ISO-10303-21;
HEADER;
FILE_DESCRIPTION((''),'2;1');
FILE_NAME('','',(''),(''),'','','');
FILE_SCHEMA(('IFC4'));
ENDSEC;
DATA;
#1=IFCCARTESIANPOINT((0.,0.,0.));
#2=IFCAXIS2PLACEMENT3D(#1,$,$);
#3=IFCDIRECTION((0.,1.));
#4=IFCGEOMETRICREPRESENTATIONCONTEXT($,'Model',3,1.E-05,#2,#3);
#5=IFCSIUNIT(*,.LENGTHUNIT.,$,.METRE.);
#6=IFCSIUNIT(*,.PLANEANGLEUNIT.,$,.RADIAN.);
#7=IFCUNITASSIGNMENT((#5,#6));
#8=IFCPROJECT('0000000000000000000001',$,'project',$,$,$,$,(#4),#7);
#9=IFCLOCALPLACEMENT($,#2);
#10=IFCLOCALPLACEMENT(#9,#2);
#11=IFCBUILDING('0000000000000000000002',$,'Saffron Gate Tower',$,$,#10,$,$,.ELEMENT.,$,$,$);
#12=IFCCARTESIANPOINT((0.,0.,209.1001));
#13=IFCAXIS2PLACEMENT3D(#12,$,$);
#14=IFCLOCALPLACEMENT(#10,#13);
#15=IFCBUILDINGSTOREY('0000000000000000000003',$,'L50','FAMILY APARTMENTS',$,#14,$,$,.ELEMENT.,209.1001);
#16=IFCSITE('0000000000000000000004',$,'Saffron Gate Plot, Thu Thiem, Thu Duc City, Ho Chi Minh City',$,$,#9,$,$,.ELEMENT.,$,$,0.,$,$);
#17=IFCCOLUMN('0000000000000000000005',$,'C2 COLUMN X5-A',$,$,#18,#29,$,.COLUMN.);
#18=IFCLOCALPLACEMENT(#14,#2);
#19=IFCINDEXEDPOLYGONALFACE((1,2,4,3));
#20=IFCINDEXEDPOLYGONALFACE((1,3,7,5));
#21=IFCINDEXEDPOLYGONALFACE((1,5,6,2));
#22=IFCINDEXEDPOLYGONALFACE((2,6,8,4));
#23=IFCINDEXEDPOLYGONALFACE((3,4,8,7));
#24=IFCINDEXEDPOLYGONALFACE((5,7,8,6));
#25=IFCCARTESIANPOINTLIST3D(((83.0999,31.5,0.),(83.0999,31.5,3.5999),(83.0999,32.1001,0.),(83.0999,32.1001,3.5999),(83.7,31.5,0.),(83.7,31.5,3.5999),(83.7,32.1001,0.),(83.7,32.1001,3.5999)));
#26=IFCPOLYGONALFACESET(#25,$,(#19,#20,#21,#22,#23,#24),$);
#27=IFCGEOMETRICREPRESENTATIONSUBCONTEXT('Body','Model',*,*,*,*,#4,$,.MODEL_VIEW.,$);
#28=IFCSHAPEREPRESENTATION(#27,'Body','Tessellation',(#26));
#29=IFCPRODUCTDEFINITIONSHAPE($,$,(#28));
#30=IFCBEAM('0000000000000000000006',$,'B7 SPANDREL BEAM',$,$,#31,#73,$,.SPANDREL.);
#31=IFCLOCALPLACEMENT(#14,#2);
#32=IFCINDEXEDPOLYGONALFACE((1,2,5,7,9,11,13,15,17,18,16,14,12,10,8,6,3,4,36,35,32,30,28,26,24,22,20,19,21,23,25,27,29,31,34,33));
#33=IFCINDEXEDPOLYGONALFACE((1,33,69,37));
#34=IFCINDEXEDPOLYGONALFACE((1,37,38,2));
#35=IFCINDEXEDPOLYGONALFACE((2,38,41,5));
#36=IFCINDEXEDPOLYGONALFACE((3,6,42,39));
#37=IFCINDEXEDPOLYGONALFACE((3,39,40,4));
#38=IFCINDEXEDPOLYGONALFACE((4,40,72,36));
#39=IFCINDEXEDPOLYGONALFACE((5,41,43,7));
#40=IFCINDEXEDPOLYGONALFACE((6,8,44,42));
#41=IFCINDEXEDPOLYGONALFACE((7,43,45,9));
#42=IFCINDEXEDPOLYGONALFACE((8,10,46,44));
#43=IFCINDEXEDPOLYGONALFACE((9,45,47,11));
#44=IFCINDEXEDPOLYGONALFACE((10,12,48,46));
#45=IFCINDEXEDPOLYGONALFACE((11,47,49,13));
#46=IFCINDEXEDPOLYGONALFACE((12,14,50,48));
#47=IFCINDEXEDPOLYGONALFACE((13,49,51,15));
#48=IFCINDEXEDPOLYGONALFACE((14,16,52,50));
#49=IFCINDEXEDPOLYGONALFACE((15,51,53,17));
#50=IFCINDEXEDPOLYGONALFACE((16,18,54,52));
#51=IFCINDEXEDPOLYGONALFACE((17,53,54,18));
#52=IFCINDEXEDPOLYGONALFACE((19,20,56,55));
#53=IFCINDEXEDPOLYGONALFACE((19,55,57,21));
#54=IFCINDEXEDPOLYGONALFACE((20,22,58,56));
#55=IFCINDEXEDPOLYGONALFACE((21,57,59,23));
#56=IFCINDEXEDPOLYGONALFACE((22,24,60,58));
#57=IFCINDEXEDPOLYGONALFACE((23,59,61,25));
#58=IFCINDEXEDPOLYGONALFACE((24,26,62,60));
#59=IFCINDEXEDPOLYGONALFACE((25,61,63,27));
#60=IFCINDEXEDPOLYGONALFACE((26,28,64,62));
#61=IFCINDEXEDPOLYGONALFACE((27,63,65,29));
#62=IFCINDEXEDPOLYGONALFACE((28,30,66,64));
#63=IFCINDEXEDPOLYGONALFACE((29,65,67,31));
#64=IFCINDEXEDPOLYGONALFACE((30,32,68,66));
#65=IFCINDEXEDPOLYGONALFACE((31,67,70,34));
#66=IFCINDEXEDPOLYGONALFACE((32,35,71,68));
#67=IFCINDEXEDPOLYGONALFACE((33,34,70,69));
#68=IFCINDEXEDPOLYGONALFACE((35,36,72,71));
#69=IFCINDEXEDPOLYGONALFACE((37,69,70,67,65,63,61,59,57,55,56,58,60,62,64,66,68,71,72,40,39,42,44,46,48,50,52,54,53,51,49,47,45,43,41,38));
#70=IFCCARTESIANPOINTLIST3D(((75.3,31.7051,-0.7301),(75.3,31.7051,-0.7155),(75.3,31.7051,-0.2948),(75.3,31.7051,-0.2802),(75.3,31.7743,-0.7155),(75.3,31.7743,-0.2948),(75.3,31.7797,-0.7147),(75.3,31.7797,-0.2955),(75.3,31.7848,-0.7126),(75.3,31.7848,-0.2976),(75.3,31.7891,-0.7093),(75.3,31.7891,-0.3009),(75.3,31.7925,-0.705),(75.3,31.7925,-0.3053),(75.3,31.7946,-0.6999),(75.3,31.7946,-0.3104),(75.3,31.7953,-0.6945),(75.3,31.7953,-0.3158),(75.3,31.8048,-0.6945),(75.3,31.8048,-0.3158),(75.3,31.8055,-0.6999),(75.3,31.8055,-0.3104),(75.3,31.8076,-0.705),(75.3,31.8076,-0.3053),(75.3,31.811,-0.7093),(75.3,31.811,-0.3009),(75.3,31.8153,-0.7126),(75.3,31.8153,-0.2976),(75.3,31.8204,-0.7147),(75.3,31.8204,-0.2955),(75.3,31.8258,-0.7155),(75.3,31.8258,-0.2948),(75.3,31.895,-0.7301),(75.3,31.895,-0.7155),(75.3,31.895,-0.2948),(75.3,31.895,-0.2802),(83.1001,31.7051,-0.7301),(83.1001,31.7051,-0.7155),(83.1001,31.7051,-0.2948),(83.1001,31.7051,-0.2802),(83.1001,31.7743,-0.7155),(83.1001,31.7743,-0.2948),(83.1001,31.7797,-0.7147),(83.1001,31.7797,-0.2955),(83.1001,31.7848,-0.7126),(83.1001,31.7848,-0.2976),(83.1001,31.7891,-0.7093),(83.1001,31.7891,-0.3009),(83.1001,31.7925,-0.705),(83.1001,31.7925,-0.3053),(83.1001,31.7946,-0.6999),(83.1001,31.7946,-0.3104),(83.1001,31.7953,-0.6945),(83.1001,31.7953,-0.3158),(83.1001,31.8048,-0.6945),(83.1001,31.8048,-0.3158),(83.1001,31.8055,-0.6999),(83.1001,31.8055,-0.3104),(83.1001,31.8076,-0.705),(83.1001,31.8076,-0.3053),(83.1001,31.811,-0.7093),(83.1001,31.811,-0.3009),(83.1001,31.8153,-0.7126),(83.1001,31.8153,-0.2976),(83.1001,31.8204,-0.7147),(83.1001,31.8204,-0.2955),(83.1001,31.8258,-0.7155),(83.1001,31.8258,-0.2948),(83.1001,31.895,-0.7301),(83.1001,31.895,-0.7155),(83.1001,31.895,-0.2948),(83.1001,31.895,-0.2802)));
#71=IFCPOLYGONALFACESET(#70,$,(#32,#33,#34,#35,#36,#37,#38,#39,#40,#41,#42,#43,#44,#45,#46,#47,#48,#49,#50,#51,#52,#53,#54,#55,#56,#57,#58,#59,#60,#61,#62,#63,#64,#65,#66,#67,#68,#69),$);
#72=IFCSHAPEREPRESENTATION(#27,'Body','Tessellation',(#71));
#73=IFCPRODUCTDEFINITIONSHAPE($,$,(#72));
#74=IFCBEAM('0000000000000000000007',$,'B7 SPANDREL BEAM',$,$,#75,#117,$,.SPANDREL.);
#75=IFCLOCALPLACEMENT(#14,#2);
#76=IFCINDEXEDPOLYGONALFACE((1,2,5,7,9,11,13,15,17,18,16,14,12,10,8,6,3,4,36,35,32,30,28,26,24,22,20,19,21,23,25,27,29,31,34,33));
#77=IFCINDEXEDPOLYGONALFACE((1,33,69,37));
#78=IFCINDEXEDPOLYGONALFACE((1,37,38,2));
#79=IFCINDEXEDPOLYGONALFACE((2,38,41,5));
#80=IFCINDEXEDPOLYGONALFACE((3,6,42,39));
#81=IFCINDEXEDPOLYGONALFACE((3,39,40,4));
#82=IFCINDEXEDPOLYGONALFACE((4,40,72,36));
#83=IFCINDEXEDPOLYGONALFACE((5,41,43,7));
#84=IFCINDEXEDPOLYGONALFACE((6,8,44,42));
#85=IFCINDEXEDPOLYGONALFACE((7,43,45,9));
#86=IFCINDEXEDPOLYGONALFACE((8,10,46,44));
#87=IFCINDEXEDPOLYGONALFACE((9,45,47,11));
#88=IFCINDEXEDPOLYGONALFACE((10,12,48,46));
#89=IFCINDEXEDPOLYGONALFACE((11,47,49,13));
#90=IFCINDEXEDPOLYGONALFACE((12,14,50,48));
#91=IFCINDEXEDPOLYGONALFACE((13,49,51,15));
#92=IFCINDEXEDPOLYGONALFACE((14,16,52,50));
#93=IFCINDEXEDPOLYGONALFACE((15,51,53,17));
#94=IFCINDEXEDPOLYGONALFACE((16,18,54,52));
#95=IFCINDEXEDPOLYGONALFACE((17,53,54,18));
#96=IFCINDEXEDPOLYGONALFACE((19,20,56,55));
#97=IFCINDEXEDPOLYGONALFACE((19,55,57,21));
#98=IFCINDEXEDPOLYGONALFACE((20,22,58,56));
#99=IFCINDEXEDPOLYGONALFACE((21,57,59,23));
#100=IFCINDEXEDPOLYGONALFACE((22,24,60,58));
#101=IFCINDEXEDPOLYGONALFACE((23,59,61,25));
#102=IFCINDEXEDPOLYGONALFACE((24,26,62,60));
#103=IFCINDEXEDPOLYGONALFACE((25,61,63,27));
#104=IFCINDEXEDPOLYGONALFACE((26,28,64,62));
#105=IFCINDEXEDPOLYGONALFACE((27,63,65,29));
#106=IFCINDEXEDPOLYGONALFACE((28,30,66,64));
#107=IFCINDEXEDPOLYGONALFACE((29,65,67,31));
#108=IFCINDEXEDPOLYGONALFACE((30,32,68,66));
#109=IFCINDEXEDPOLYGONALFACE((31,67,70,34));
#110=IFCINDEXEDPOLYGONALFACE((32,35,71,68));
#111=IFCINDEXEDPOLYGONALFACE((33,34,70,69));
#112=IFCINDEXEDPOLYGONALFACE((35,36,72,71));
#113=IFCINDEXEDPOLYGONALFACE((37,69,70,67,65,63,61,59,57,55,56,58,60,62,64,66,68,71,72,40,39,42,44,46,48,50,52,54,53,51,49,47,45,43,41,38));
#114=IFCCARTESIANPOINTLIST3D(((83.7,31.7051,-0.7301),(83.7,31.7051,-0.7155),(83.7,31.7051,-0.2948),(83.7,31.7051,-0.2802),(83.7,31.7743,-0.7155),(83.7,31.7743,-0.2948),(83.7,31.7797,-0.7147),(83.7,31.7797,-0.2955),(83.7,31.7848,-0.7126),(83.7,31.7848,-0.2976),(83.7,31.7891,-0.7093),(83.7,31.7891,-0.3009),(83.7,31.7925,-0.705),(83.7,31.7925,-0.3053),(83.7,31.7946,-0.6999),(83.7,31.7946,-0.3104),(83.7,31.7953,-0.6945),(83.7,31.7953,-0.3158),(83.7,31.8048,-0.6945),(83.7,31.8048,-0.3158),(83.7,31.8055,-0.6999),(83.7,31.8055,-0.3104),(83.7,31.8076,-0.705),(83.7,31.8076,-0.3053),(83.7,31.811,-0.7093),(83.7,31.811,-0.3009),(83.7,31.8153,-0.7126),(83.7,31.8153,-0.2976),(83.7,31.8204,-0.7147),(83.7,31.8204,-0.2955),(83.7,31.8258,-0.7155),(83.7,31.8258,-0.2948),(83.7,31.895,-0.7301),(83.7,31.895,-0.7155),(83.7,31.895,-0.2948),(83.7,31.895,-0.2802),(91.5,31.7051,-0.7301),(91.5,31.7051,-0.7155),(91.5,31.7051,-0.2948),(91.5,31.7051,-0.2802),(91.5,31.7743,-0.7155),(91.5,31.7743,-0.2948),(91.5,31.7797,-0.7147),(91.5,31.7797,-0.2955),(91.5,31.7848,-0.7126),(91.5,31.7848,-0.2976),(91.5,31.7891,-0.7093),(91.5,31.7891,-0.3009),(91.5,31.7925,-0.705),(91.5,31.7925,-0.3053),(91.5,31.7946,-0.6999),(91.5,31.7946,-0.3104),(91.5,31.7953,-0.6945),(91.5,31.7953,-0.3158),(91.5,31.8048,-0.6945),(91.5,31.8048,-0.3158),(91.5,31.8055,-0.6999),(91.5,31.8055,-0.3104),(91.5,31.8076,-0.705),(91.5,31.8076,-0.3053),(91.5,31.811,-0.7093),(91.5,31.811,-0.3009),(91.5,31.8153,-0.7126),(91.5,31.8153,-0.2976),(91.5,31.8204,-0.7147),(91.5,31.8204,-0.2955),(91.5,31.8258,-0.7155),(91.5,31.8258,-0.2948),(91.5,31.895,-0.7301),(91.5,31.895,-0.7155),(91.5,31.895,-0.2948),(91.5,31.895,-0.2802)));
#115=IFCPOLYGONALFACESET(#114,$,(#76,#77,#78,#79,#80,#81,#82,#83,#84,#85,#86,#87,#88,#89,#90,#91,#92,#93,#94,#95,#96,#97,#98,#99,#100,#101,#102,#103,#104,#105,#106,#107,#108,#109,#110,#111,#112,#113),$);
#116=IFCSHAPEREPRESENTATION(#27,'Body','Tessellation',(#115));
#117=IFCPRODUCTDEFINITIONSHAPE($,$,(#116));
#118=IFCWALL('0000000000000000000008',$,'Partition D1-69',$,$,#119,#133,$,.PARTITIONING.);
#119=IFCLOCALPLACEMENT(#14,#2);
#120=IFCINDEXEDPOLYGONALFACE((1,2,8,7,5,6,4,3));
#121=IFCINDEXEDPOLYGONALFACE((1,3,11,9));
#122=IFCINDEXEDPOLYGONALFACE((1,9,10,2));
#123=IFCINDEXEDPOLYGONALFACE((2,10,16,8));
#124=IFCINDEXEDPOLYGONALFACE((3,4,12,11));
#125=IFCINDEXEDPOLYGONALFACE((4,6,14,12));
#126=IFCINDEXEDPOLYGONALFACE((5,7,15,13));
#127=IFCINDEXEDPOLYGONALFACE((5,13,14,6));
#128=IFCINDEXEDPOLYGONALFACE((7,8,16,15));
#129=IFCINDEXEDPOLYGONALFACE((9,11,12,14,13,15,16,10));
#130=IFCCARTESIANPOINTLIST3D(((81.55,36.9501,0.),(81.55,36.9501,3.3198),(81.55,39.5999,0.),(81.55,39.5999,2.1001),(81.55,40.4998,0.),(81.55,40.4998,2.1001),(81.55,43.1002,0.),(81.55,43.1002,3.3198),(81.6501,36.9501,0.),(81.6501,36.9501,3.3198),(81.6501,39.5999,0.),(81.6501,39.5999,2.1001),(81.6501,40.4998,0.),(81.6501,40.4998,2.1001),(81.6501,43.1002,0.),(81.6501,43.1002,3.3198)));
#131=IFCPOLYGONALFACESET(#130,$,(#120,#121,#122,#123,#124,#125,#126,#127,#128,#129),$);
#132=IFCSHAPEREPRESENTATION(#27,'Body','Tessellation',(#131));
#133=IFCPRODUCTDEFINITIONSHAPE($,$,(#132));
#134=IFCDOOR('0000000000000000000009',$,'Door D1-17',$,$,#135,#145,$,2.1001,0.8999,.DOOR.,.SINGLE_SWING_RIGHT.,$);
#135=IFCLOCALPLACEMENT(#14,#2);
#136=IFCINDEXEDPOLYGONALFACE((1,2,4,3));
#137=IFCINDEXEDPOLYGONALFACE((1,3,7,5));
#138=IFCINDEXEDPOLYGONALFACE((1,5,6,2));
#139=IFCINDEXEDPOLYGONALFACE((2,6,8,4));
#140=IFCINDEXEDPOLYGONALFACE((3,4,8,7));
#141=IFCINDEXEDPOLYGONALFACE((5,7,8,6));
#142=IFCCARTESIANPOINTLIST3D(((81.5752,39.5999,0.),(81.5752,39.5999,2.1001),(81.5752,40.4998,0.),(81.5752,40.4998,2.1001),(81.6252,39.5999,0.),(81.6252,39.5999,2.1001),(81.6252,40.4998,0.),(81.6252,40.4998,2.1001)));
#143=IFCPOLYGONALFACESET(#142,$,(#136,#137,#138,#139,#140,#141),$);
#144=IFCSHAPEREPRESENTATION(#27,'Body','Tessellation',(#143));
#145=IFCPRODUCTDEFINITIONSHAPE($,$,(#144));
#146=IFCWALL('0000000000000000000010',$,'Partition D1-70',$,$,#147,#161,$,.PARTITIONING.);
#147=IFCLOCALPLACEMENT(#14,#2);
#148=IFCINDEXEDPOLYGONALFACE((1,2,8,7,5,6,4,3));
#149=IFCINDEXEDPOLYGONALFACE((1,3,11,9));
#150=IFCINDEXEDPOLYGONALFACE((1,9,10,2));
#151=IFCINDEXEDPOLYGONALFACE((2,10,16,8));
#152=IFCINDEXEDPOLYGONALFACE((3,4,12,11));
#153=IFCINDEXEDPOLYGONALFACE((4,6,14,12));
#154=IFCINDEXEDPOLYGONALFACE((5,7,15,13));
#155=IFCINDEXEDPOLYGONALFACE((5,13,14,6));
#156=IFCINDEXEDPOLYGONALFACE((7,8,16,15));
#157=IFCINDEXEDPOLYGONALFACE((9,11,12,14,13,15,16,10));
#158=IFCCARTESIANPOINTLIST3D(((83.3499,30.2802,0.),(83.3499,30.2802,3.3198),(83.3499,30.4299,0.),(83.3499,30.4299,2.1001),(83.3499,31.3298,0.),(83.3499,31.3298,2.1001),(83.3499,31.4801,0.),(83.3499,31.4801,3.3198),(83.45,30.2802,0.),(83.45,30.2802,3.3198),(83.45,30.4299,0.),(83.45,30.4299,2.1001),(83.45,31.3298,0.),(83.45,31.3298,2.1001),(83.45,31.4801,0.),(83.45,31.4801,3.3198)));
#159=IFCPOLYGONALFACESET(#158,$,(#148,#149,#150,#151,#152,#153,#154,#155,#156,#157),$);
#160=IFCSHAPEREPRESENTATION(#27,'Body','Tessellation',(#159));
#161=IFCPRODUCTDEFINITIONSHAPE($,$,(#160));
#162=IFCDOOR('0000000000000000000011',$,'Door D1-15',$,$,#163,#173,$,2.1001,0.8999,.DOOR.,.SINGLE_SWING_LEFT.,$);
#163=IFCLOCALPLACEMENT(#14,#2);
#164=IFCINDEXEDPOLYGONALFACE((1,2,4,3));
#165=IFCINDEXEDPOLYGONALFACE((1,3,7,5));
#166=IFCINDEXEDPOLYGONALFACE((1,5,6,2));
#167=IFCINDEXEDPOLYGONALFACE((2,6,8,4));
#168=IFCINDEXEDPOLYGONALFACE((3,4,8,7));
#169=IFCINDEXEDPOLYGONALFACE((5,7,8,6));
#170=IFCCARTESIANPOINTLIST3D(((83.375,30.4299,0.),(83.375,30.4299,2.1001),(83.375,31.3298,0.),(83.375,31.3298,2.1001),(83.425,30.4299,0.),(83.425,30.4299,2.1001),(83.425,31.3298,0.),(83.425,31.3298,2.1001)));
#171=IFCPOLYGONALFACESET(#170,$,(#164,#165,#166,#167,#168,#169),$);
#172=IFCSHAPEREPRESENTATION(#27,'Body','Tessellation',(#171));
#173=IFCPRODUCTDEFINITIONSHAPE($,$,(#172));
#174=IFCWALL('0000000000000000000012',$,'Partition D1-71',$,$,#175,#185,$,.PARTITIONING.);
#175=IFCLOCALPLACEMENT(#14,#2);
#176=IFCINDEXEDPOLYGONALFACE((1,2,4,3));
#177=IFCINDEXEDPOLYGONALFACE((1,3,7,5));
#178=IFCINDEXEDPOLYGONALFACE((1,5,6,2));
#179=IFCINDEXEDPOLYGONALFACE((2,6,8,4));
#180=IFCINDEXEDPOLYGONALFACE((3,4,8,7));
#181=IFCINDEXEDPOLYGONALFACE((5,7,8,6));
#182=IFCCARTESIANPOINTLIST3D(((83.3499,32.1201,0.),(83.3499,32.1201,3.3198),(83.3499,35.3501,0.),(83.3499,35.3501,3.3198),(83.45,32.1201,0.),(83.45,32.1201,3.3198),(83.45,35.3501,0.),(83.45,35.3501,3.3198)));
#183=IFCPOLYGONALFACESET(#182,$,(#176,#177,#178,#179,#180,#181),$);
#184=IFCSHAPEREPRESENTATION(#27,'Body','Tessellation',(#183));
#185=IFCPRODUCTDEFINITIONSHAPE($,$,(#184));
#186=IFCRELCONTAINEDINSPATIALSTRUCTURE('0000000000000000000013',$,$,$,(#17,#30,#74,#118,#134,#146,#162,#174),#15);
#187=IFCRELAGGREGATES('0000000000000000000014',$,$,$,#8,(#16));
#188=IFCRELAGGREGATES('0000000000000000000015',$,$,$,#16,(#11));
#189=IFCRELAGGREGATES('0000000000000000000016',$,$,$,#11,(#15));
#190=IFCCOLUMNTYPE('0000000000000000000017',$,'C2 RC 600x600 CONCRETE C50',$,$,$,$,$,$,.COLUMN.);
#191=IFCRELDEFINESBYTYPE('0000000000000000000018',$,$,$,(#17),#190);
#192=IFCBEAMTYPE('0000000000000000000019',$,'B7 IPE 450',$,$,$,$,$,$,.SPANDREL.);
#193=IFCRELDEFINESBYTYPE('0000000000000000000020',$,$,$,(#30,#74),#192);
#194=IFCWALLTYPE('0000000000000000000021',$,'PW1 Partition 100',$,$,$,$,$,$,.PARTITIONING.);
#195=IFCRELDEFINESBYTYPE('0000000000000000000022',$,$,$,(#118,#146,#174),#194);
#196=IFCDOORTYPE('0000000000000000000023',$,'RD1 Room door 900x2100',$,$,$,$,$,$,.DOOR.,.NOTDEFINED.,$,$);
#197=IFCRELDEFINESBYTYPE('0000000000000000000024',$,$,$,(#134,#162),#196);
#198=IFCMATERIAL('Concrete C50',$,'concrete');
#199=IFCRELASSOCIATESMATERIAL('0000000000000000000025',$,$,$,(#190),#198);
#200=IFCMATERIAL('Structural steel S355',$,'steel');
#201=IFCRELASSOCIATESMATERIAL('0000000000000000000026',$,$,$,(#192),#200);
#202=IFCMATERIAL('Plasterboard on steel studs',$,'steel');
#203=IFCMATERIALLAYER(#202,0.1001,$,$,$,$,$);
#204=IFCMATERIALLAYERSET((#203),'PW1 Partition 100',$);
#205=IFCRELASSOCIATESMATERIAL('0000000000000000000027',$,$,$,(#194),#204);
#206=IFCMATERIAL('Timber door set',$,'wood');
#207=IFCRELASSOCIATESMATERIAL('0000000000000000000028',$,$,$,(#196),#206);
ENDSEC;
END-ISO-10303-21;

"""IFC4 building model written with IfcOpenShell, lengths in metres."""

from ifc_helpers import new_model, si_unit, direction, frame, frame_2d, origin, origin_2d, place, context, subcontext, project, spatial, rectangle, i_section, extrude, material, layer, layer_set, material_profile, profile_set, type_object, element, fill, save


model = new_model("IFC4")

# Units and contexts
model_context = context("Model", 3, precision=1e-05, world=origin(), true_north=direction((0.0, 1.0)))
body_context = subcontext(model_context, "Body", "Model", "MODEL_VIEW")
ifc_project = project(units=[si_unit("LENGTHUNIT", "METRE"), si_unit("PLANEANGLEUNIT", "RADIAN")], contexts=[model_context])

# Site, building, storey
site_placement = place(None, origin())
site = spatial("IfcSite", under=ifc_project, at=site_placement, Name="Saffron Gate Plot, Thu Thiem, Thu Duc City, Ho Chi Minh City", CompositionType="ELEMENT", RefElevation=0.0)
building_placement = place(site_placement, origin())
building = spatial("IfcBuilding", under=site, at=building_placement, Name="Saffron Gate Tower", CompositionType="ELEMENT")
storey_placement = place(building_placement, frame((0.0, 0.0, 209.1001)))
storey = spatial("IfcBuildingStorey", under=building, at=storey_placement, Name="L50", Description="FAMILY APARTMENTS", CompositionType="ELEMENT", Elevation=209.1001)

# Column
ifc_material_1 = material(Name="Concrete C50", Category="concrete")
ifc_material_profile_1 = material_profile(ifc_material_1, rectangle(XDim=0.6001, YDim=0.6001, at=origin_2d()))
ifc_profile_set_1 = profile_set([ifc_material_profile_1], Name="Concrete C50")
column_type = type_object("IfcColumnType", Name="C2 RC 600x600 CONCRETE C50", PredefinedType="COLUMN", material=ifc_profile_set_1)
column_placement = place(storey_placement, frame((83.3999, 31.8, 0.0), z_axis=(0.0, 0.0, 1.0), x_axis=(1.0, 0.0, 0.0)))
element("IfcColumn", 1, at=column_placement, inside=storey, type_object=column_type, Name="C2 COLUMN X5-A", PredefinedType="COLUMN", context=body_context, shape_type="SweptSolid", body=[
    extrude(rectangle(XDim=0.6001, YDim=0.6001, at=origin_2d()), origin(), (0.0, 0.0, 1.0), 3.5999),
])

# Beams
ifc_material_2 = material(Name="Structural steel S355", Category="steel")
ifc_material_profile_2 = material_profile(ifc_material_2, i_section(OverallWidth=0.1899, OverallDepth=0.45, WebThickness=0.0095, FlangeThickness=0.0146, FilletRadius=0.021, at=origin_2d()))
ifc_profile_set_2 = profile_set([ifc_material_profile_2], Name="Structural steel S355")
beam_type = type_object("IfcBeamType", Name="B7 IPE 450", PredefinedType="SPANDREL", material=ifc_profile_set_2)
for number, where, z_axis, x_axis, name in (
    (2, (75.3, 31.8, -0.5051), (1.0, 0.0, 0.0), (0.0, 1.0, 0.0), "B7 SPANDREL BEAM"),
    (3, (83.7, 31.8, -0.5051), (1.0, 0.0, 0.0), (0.0, 1.0, 0.0), "B7 SPANDREL BEAM"),
):
    element("IfcBeam", number, at=place(storey_placement, frame(where, z_axis=z_axis, x_axis=x_axis)), inside=storey, type_object=beam_type, Name=name, PredefinedType="SPANDREL", context=body_context, shape_type="SweptSolid", body=[
        extrude(i_section(OverallWidth=0.1899, OverallDepth=0.45, WebThickness=0.0095, FlangeThickness=0.0146, FilletRadius=0.021, at=origin_2d()), origin(), (0.0, 0.0, 1.0), 7.8),
    ])

# Walls, openings, doors
ifc_material_3 = material(Name="Plasterboard on steel studs", Category="steel")
ifc_layer_1 = layer(ifc_material_3, 0.1001)
ifc_layer_set_1 = layer_set([ifc_layer_1], Name="PW1 Partition 100")
wall_type = type_object("IfcWallType", Name="PW1 Partition 100", PredefinedType="PARTITIONING", material=ifc_layer_set_1)
wall_1_placement = place(storey_placement, frame((81.6001, 36.95, 0.0), z_axis=(0.0, 0.0, 1.0), x_axis=(0.0, 1.0, 0.0)))
wall_1 = element("IfcWall", 4, at=wall_1_placement, inside=storey, type_object=wall_type, Name="Partition D1-69", PredefinedType="PARTITIONING", context=body_context, shape_type="SweptSolid", body=[
    extrude(rectangle(XDim=6.1501, YDim=0.1001, at=frame_2d((3.0752, 0.0))), origin(), (0.0, 0.0, 1.0), 3.3198),
])
opening_1_placement = place(wall_1_placement, frame((2.6499, 0.0, 0.0)))
opening_1 = element("IfcOpeningElement", 5, at=opening_1_placement, cuts=wall_1, PredefinedType="OPENING", context=body_context, shape_type="SweptSolid", body=[
    extrude(rectangle(XDim=0.8999, YDim=2.1001, at=frame_2d((0.45, 1.05))), frame((0.0, 0.0601, 0.0), z_axis=(0.0, -1.0, 0.0), x_axis=(1.0, 0.0, 0.0)), (0.0, 0.0, 1.0), 0.1201),
])
ifc_material_4 = material(Name="Timber door set", Category="wood")
door_type = type_object("IfcDoorType", Name="RD1 Room door 900x2100", OperationType="NOTDEFINED", PredefinedType="DOOR", material=ifc_material_4)
door_1_placement = place(opening_1_placement, origin())
door_1 = element("IfcDoor", 6, at=door_1_placement, inside=storey, type_object=door_type, Name="Door D1-17", OperationType="SINGLE_SWING_RIGHT", OverallHeight=2.1001, OverallWidth=0.8999, PredefinedType="DOOR", context=body_context, shape_type="SweptSolid", body=[
    extrude(rectangle(XDim=0.8999, YDim=2.1001, at=frame_2d((0.45, 1.05))), frame((0.0, 0.0249, 0.0), z_axis=(0.0, -1.0, 0.0), x_axis=(1.0, 0.0, 0.0)), (0.0, 0.0, 1.0), 0.05),
])
fill(opening_1, door_1)
wall_2_placement = place(storey_placement, frame((83.3999, 30.28, 0.0), z_axis=(0.0, 0.0, 1.0), x_axis=(0.0, 1.0, 0.0)))
wall_2 = element("IfcWall", 7, at=wall_2_placement, inside=storey, type_object=wall_type, Name="Partition D1-70", PredefinedType="PARTITIONING", context=body_context, shape_type="SweptSolid", body=[
    extrude(rectangle(XDim=1.2, YDim=0.1001, at=frame_2d((0.6001, 0.0))), origin(), (0.0, 0.0, 1.0), 3.3198),
])
opening_2_placement = place(wall_2_placement, frame((0.1499, 0.0, 0.0)))
opening_2 = element("IfcOpeningElement", 8, at=opening_2_placement, cuts=wall_2, PredefinedType="OPENING", context=body_context, shape_type="SweptSolid", body=[
    extrude(rectangle(XDim=0.8999, YDim=2.1001, at=frame_2d((0.45, 1.05))), frame((0.0, 0.0601, 0.0), z_axis=(0.0, -1.0, 0.0), x_axis=(1.0, 0.0, 0.0)), (0.0, 0.0, 1.0), 0.1201),
])
door_2_placement = place(opening_2_placement, origin())
door_2 = element("IfcDoor", 9, at=door_2_placement, inside=storey, type_object=door_type, Name="Door D1-15", OperationType="SINGLE_SWING_LEFT", OverallHeight=2.1001, OverallWidth=0.8999, PredefinedType="DOOR", context=body_context, shape_type="SweptSolid", body=[
    extrude(rectangle(XDim=0.8999, YDim=2.1001, at=frame_2d((0.45, 1.05))), frame((0.0, 0.0249, 0.0), z_axis=(0.0, -1.0, 0.0), x_axis=(1.0, 0.0, 0.0)), (0.0, 0.0, 1.0), 0.05),
])
fill(opening_2, door_2)

# Wall
wall_3_placement = place(storey_placement, frame((83.3999, 35.3501, 0.0), z_axis=(0.0, 0.0, 1.0), x_axis=(0.0, -1.0, 0.0)))
element("IfcWall", 10, at=wall_3_placement, inside=storey, type_object=wall_type, Name="Partition D1-71", PredefinedType="PARTITIONING", context=body_context, shape_type="SweptSolid", body=[
    extrude(rectangle(XDim=3.23, YDim=0.1001, at=frame_2d((1.615, 0.0))), origin(), (0.0, 0.0, 1.0), 3.3198),
])

save(model, "model.ifc")
